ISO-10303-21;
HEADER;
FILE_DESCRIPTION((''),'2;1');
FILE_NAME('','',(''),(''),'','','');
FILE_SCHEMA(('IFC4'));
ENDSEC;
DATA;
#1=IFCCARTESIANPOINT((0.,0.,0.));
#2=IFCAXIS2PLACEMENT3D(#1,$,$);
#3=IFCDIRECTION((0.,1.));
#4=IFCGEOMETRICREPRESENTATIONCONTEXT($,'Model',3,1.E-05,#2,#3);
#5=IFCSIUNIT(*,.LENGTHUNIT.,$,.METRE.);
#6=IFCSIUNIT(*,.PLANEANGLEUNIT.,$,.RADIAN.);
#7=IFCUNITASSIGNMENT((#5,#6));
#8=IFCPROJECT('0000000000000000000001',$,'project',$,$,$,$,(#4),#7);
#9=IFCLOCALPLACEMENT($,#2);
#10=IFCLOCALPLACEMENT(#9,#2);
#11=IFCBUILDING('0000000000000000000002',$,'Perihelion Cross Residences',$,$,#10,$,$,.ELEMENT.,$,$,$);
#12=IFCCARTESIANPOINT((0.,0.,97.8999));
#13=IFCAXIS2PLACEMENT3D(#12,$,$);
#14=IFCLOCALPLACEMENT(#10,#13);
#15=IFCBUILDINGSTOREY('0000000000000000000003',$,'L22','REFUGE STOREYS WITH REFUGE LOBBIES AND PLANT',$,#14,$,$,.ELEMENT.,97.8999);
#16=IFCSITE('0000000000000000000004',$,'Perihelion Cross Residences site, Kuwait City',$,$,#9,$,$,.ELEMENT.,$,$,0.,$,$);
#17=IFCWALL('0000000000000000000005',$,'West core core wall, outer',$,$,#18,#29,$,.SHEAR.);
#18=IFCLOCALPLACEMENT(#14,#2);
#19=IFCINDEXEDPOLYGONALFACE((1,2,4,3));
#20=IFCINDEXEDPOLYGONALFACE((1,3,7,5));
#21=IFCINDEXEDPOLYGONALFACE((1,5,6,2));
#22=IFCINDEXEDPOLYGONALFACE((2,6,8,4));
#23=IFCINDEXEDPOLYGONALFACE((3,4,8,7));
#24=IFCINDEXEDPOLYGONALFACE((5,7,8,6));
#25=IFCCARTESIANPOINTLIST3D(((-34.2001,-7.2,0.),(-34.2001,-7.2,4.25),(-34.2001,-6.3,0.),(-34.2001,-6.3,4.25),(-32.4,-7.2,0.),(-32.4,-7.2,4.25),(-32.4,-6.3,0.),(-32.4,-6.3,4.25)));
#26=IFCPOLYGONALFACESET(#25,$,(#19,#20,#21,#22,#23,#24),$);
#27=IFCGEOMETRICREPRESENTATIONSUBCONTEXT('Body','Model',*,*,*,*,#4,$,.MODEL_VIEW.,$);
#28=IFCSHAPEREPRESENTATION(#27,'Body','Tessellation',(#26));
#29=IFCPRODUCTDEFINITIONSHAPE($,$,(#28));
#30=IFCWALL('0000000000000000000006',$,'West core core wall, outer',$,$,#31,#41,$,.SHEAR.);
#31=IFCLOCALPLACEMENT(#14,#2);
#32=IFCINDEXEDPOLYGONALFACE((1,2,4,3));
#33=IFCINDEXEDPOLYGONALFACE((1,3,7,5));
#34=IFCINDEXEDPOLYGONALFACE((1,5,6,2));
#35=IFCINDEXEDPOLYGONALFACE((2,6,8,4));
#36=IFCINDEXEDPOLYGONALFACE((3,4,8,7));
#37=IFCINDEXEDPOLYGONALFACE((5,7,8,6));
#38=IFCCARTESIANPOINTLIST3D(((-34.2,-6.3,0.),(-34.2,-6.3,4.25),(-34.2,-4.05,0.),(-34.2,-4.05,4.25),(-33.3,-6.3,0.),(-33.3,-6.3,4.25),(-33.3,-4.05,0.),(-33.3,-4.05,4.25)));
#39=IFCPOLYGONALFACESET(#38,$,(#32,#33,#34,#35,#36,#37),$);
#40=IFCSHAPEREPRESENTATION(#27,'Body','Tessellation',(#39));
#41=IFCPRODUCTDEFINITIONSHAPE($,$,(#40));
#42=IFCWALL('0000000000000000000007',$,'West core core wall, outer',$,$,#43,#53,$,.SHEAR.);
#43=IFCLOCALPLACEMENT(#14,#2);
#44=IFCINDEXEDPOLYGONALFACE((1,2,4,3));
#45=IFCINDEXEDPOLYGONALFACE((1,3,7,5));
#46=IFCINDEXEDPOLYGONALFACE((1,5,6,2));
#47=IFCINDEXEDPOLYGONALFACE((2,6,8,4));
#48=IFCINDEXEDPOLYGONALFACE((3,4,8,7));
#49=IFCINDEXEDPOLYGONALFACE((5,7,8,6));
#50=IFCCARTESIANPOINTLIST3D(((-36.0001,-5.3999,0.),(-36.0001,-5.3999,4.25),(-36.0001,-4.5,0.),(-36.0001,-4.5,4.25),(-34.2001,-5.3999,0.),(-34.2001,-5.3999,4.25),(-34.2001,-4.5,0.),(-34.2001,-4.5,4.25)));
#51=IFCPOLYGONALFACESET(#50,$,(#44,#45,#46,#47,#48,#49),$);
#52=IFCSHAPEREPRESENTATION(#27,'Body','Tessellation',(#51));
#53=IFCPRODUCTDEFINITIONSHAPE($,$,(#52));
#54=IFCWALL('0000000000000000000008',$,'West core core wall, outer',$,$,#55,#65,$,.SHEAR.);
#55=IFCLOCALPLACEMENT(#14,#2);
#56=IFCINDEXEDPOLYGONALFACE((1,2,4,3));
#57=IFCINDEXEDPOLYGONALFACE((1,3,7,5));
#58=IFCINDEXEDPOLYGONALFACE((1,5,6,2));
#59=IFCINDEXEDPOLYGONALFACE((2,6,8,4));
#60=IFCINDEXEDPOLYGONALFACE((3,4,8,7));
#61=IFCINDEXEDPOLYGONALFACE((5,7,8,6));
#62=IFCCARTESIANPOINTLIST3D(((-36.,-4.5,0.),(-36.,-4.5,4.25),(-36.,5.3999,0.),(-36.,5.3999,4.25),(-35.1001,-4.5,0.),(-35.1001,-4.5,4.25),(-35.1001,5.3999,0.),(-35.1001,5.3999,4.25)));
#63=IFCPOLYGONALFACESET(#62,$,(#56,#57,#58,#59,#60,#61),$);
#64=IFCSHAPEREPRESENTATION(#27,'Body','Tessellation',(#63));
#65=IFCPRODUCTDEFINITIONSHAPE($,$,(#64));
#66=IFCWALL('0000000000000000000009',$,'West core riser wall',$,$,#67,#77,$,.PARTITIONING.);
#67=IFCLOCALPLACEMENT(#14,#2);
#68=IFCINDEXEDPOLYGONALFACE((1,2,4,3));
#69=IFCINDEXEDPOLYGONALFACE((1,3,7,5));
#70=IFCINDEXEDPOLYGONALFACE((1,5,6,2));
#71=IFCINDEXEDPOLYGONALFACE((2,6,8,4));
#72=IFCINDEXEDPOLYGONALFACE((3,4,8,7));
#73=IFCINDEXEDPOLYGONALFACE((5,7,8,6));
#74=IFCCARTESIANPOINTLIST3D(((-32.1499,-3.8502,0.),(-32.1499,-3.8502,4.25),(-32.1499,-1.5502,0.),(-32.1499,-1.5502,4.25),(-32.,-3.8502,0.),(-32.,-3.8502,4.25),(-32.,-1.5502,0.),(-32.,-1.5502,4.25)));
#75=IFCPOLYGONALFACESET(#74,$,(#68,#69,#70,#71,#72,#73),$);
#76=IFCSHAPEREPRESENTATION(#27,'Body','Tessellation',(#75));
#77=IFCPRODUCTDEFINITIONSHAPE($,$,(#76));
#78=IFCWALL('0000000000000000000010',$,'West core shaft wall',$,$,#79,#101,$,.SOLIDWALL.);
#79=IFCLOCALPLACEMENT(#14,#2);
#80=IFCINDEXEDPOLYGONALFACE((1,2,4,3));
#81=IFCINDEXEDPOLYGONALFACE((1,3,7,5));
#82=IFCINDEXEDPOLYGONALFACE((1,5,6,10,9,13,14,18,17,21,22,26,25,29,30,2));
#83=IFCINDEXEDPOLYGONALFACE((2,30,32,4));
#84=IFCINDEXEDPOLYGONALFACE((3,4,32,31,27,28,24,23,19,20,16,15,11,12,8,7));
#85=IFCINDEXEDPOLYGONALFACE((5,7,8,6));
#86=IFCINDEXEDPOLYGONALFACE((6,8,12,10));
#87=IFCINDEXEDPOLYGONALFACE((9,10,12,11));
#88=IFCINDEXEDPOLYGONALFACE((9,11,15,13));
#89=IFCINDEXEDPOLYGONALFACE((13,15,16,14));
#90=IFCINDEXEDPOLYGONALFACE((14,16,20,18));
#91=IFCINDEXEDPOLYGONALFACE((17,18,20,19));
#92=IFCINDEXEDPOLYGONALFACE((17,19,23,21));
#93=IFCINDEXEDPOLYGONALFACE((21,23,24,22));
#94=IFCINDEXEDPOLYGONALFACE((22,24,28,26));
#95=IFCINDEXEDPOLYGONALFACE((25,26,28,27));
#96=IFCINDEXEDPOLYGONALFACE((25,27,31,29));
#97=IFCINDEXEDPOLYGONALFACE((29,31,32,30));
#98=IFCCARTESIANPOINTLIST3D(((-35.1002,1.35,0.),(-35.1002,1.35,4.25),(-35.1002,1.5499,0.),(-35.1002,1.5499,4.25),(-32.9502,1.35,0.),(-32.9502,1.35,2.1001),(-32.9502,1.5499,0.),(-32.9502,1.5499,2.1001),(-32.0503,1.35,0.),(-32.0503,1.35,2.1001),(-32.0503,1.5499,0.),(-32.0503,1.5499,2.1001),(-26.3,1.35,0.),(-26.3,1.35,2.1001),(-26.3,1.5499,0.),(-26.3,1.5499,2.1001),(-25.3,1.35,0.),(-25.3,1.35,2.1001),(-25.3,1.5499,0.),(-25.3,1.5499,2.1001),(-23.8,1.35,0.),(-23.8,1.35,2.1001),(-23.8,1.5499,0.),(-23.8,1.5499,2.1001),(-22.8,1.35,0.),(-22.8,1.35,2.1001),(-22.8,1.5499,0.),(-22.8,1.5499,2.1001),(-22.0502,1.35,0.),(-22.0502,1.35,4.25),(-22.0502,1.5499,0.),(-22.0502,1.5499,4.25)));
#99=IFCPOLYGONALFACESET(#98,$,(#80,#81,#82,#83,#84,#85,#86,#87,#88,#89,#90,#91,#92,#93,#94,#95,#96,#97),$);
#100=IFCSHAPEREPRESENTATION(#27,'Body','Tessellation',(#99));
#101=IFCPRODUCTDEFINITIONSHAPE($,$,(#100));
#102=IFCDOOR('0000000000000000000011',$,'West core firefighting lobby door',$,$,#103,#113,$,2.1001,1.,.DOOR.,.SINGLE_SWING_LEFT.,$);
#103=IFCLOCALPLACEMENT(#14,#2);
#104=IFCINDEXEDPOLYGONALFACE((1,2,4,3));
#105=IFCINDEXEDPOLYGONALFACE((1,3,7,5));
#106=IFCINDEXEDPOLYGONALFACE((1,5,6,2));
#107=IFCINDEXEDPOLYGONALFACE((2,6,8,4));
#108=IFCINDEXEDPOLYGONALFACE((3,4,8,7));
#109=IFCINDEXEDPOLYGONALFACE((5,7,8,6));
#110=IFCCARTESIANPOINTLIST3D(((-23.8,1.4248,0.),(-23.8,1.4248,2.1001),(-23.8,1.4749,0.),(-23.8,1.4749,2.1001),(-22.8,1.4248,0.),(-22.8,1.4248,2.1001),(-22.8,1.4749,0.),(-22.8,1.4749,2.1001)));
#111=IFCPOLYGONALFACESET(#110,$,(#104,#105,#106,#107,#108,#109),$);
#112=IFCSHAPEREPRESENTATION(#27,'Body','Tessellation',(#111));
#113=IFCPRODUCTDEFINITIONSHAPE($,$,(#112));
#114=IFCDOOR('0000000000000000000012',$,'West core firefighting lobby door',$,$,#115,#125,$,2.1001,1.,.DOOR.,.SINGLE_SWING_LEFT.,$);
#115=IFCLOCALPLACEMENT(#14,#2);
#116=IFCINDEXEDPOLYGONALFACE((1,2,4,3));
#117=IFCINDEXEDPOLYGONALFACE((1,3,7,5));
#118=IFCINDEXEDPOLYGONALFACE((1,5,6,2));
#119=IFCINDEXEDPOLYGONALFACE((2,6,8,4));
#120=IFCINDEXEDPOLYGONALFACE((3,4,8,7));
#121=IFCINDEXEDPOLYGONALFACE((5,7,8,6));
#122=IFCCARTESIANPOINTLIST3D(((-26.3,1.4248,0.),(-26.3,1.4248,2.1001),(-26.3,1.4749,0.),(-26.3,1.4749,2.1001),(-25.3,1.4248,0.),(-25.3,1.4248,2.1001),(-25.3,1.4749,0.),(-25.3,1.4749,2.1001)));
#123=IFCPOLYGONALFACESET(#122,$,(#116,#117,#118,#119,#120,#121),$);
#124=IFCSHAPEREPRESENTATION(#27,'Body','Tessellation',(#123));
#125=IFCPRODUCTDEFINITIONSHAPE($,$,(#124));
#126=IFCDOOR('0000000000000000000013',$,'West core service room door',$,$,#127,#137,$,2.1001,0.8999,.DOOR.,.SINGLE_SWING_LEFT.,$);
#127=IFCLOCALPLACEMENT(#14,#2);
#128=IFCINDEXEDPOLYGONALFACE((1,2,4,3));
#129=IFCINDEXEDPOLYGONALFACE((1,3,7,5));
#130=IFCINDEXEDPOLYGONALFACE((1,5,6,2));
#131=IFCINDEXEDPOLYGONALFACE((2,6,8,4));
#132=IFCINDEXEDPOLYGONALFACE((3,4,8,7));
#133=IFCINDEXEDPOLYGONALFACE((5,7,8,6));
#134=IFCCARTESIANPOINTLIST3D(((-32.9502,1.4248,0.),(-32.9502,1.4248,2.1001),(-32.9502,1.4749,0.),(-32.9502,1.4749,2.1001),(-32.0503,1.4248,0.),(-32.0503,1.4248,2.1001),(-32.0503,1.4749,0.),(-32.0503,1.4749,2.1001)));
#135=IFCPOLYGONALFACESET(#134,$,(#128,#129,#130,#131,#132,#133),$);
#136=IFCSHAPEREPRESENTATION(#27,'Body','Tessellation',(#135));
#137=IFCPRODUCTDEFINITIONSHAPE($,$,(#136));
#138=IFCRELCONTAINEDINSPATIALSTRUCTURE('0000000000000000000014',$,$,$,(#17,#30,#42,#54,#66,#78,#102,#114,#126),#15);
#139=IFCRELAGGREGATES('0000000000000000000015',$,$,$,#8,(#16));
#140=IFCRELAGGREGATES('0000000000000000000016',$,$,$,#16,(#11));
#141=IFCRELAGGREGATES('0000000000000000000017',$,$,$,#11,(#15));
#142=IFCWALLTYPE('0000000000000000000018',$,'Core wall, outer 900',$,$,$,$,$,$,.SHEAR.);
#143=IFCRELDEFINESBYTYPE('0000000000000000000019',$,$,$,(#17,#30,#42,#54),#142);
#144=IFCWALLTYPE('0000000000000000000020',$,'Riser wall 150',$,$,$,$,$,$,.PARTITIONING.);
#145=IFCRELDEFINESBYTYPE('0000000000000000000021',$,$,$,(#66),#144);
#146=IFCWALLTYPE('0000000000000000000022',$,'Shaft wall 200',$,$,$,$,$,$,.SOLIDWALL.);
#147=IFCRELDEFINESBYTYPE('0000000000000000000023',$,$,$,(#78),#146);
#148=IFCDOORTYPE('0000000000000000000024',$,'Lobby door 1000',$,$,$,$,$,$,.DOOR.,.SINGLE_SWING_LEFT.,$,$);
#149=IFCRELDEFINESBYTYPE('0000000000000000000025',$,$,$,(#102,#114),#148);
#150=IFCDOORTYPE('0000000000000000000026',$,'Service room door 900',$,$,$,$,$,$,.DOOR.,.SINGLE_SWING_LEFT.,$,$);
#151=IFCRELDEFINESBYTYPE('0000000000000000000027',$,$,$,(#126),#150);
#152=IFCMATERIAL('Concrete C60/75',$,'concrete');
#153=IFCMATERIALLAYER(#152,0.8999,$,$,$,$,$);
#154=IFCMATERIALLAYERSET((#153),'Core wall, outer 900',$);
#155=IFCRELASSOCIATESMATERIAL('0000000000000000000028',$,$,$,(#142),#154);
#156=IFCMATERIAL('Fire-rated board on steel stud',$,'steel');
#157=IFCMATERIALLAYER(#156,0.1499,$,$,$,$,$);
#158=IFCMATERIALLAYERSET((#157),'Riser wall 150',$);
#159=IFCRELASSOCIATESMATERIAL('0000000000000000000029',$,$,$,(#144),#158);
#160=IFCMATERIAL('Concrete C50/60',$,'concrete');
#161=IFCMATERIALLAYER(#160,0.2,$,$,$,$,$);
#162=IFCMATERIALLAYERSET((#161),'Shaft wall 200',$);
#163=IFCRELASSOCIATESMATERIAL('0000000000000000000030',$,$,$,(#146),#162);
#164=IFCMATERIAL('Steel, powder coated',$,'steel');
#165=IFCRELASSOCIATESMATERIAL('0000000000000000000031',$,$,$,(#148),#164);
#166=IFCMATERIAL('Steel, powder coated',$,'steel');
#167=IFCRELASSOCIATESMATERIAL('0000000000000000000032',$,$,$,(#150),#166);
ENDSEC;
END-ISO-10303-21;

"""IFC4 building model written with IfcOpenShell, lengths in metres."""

from ifc_helpers import new_model, si_unit, direction, frame, frame_2d, origin, place, context, subcontext, project, spatial, rectangle, extrude, material, layer, layer_set, type_object, element, fill, save


model = new_model("IFC4")

# Units and contexts
model_context = context("Model", 3, precision=1e-05, world=origin(), true_north=direction((0.0, 1.0)))
body_context = subcontext(model_context, "Body", "Model", "MODEL_VIEW")
ifc_project = project(units=[si_unit("LENGTHUNIT", "METRE"), si_unit("PLANEANGLEUNIT", "RADIAN")], contexts=[model_context])

# Site, building, storey
site_placement = place(None, origin())
site = spatial("IfcSite", under=ifc_project, at=site_placement, Name="Perihelion Cross Residences site, Kuwait City", CompositionType="ELEMENT", RefElevation=0.0)
building_placement = place(site_placement, origin())
building = spatial("IfcBuilding", under=site, at=building_placement, Name="Perihelion Cross Residences", CompositionType="ELEMENT")
storey_placement = place(building_placement, frame((0.0, 0.0, 97.8999)))
storey = spatial("IfcBuildingStorey", under=building, at=storey_placement, Name="L22", Description="REFUGE STOREYS WITH REFUGE LOBBIES AND PLANT", CompositionType="ELEMENT", Elevation=97.8999)

# Walls
ifc_material_1 = material(Name="Concrete C60/75", Category="concrete")
ifc_layer_1 = layer(ifc_material_1, 0.8999)
ifc_layer_set_1 = layer_set([ifc_layer_1], Name="Core wall, outer 900")
wall_type_1 = type_object("IfcWallType", Name="Core wall, outer 900", PredefinedType="SHEAR", material=ifc_layer_set_1)
wall_1_placement = place(storey_placement, frame((-34.2, -6.75, 0.0), z_axis=(0.0, 0.0, 1.0), x_axis=(1.0, 0.0, 0.0)))
element("IfcWall", 1, at=wall_1_placement, inside=storey, type_object=wall_type_1, Name="West core core wall, outer", PredefinedType="SHEAR", context=body_context, shape_type="SweptSolid", body=[
    extrude(rectangle(XDim=1.8, YDim=0.8999, at=frame_2d((0.8999, 0.0))), origin(), (0.0, 0.0, 1.0), 4.25),
])
wall_2_placement = place(storey_placement, frame((-33.75, -6.3, 0.0), z_axis=(0.0, 0.0, 1.0), x_axis=(0.0, 1.0, 0.0)))
element("IfcWall", 2, at=wall_2_placement, inside=storey, type_object=wall_type_1, Name="West core core wall, outer", PredefinedType="SHEAR", context=body_context, shape_type="SweptSolid", body=[
    extrude(rectangle(XDim=2.25, YDim=0.8999, at=frame_2d((1.125, 0.0))), origin(), (0.0, 0.0, 1.0), 4.25),
])
wall_3_placement = place(storey_placement, frame((-36.0, -4.95, 0.0), z_axis=(0.0, 0.0, 1.0), x_axis=(1.0, 0.0, 0.0)))
element("IfcWall", 3, at=wall_3_placement, inside=storey, type_object=wall_type_1, Name="West core core wall, outer", PredefinedType="SHEAR", context=body_context, shape_type="SweptSolid", body=[
    extrude(rectangle(XDim=1.8, YDim=0.8999, at=frame_2d((0.8999, 0.0))), origin(), (0.0, 0.0, 1.0), 4.25),
])
wall_4_placement = place(storey_placement, frame((-35.55, -4.5, 0.0), z_axis=(0.0, 0.0, 1.0), x_axis=(0.0, 1.0, 0.0)))
element("IfcWall", 4, at=wall_4_placement, inside=storey, type_object=wall_type_1, Name="West core core wall, outer", PredefinedType="SHEAR", context=body_context, shape_type="SweptSolid", body=[
    extrude(rectangle(XDim=9.8999, YDim=0.8999, at=frame_2d((4.95, 0.0))), origin(), (0.0, 0.0, 1.0), 4.25),
])
ifc_material_2 = material(Name="Fire-rated board on steel stud", Category="steel")
ifc_layer_2 = layer(ifc_material_2, 0.1499)
ifc_layer_set_2 = layer_set([ifc_layer_2], Name="Riser wall 150")
wall_type_2 = type_object("IfcWallType", Name="Riser wall 150", PredefinedType="PARTITIONING", material=ifc_layer_set_2)
wall_5_placement = place(storey_placement, frame((-32.075, -3.8501, 0.0), z_axis=(0.0, 0.0, 1.0), x_axis=(0.0, 1.0, 0.0)))
element("IfcWall", 5, at=wall_5_placement, inside=storey, type_object=wall_type_2, Name="West core riser wall", PredefinedType="PARTITIONING", context=body_context, shape_type="SweptSolid", body=[
    extrude(rectangle(XDim=2.3, YDim=0.1499, at=frame_2d((1.1499, 0.0))), origin(), (0.0, 0.0, 1.0), 4.25),
])

# Wall, openings, doors
ifc_material_3 = material(Name="Concrete C50/60", Category="concrete")
ifc_layer_3 = layer(ifc_material_3, 0.2)
ifc_layer_set_3 = layer_set([ifc_layer_3], Name="Shaft wall 200")
wall_type_3 = type_object("IfcWallType", Name="Shaft wall 200", PredefinedType="SOLIDWALL", material=ifc_layer_set_3)
wall_6_placement = place(storey_placement, frame((-35.1001, 1.45, 0.0), z_axis=(0.0, 0.0, 1.0), x_axis=(1.0, 0.0, 0.0)))
wall_6 = element("IfcWall", 6, at=wall_6_placement, inside=storey, type_object=wall_type_3, Name="West core shaft wall", PredefinedType="SOLIDWALL", context=body_context, shape_type="SweptSolid", body=[
    extrude(rectangle(XDim=13.05, YDim=0.2, at=frame_2d((6.5249, 0.0))), origin(), (0.0, 0.0, 1.0), 4.25),
])
opening_1_placement = place(wall_6_placement, frame((11.3, 0.0, 0.0)))
opening_1 = element("IfcOpeningElement", 7, at=opening_1_placement, cuts=wall_6, PredefinedType="OPENING", context=body_context, shape_type="SweptSolid", body=[
    extrude(rectangle(XDim=1.0, YDim=2.1001, at=frame_2d((0.5, 1.05))), frame((0.0, 0.1099, 0.0), z_axis=(0.0, -1.0, 0.0), x_axis=(1.0, 0.0, 0.0)), (0.0, 0.0, 1.0), 0.22),
])
opening_2_placement = place(wall_6_placement, frame((8.8, 0.0, 0.0)))
opening_2 = element("IfcOpeningElement", 8, at=opening_2_placement, cuts=wall_6, PredefinedType="OPENING", context=body_context, shape_type="SweptSolid", body=[
    extrude(rectangle(XDim=1.0, YDim=2.1001, at=frame_2d((0.5, 1.05))), frame((0.0, 0.1099, 0.0), z_axis=(0.0, -1.0, 0.0), x_axis=(1.0, 0.0, 0.0)), (0.0, 0.0, 1.0), 0.22),
])
opening_3_placement = place(wall_6_placement, frame((2.1499, 0.0, 0.0)))
opening_3 = element("IfcOpeningElement", 9, at=opening_3_placement, cuts=wall_6, PredefinedType="OPENING", context=body_context, shape_type="SweptSolid", body=[
    extrude(rectangle(XDim=0.8999, YDim=2.1001, at=frame_2d((0.45, 1.05))), frame((0.0, 0.1099, 0.0), z_axis=(0.0, -1.0, 0.0), x_axis=(1.0, 0.0, 0.0)), (0.0, 0.0, 1.0), 0.22),
])
ifc_material_4 = material(Name="Steel, powder coated", Category="steel")
door_type_1 = type_object("IfcDoorType", Name="Lobby door 1000", OperationType="SINGLE_SWING_LEFT", PredefinedType="DOOR", material=ifc_material_4)
door_1_placement = place(opening_1_placement, origin())
door_1 = element("IfcDoor", 10, at=door_1_placement, inside=storey, type_object=door_type_1, Name="West core firefighting lobby door", OperationType="SINGLE_SWING_LEFT", OverallHeight=2.1001, OverallWidth=1.0, PredefinedType="DOOR", context=body_context, shape_type="SweptSolid", body=[
    extrude(rectangle(XDim=1.0, YDim=2.1001, at=frame_2d((0.5, 1.05))), frame((0.0, 0.0249, 0.0), z_axis=(0.0, -1.0, 0.0), x_axis=(1.0, 0.0, 0.0)), (0.0, 0.0, 1.0), 0.05),
])
fill(opening_1, door_1)
door_2_placement = place(opening_2_placement, origin())
door_2 = element("IfcDoor", 11, at=door_2_placement, inside=storey, type_object=door_type_1, Name="West core firefighting lobby door", OperationType="SINGLE_SWING_LEFT", OverallHeight=2.1001, OverallWidth=1.0, PredefinedType="DOOR", context=body_context, shape_type="SweptSolid", body=[
    extrude(rectangle(XDim=1.0, YDim=2.1001, at=frame_2d((0.5, 1.05))), frame((0.0, 0.0249, 0.0), z_axis=(0.0, -1.0, 0.0), x_axis=(1.0, 0.0, 0.0)), (0.0, 0.0, 1.0), 0.05),
])
fill(opening_2, door_2)
ifc_material_5 = material(Name="Steel, powder coated", Category="steel")
door_type_2 = type_object("IfcDoorType", Name="Service room door 900", OperationType="SINGLE_SWING_LEFT", PredefinedType="DOOR", material=ifc_material_5)
door_3_placement = place(opening_3_placement, origin())
door_3 = element("IfcDoor", 12, at=door_3_placement, inside=storey, type_object=door_type_2, Name="West core service room door", OperationType="SINGLE_SWING_LEFT", OverallHeight=2.1001, OverallWidth=0.8999, PredefinedType="DOOR", context=body_context, shape_type="SweptSolid", body=[
    extrude(rectangle(XDim=0.8999, YDim=2.1001, at=frame_2d((0.45, 1.05))), frame((0.0, 0.0249, 0.0), z_axis=(0.0, -1.0, 0.0), x_axis=(1.0, 0.0, 0.0)), (0.0, 0.0, 1.0), 0.05),
])
fill(opening_3, door_3)

save(model, "model.ifc")
